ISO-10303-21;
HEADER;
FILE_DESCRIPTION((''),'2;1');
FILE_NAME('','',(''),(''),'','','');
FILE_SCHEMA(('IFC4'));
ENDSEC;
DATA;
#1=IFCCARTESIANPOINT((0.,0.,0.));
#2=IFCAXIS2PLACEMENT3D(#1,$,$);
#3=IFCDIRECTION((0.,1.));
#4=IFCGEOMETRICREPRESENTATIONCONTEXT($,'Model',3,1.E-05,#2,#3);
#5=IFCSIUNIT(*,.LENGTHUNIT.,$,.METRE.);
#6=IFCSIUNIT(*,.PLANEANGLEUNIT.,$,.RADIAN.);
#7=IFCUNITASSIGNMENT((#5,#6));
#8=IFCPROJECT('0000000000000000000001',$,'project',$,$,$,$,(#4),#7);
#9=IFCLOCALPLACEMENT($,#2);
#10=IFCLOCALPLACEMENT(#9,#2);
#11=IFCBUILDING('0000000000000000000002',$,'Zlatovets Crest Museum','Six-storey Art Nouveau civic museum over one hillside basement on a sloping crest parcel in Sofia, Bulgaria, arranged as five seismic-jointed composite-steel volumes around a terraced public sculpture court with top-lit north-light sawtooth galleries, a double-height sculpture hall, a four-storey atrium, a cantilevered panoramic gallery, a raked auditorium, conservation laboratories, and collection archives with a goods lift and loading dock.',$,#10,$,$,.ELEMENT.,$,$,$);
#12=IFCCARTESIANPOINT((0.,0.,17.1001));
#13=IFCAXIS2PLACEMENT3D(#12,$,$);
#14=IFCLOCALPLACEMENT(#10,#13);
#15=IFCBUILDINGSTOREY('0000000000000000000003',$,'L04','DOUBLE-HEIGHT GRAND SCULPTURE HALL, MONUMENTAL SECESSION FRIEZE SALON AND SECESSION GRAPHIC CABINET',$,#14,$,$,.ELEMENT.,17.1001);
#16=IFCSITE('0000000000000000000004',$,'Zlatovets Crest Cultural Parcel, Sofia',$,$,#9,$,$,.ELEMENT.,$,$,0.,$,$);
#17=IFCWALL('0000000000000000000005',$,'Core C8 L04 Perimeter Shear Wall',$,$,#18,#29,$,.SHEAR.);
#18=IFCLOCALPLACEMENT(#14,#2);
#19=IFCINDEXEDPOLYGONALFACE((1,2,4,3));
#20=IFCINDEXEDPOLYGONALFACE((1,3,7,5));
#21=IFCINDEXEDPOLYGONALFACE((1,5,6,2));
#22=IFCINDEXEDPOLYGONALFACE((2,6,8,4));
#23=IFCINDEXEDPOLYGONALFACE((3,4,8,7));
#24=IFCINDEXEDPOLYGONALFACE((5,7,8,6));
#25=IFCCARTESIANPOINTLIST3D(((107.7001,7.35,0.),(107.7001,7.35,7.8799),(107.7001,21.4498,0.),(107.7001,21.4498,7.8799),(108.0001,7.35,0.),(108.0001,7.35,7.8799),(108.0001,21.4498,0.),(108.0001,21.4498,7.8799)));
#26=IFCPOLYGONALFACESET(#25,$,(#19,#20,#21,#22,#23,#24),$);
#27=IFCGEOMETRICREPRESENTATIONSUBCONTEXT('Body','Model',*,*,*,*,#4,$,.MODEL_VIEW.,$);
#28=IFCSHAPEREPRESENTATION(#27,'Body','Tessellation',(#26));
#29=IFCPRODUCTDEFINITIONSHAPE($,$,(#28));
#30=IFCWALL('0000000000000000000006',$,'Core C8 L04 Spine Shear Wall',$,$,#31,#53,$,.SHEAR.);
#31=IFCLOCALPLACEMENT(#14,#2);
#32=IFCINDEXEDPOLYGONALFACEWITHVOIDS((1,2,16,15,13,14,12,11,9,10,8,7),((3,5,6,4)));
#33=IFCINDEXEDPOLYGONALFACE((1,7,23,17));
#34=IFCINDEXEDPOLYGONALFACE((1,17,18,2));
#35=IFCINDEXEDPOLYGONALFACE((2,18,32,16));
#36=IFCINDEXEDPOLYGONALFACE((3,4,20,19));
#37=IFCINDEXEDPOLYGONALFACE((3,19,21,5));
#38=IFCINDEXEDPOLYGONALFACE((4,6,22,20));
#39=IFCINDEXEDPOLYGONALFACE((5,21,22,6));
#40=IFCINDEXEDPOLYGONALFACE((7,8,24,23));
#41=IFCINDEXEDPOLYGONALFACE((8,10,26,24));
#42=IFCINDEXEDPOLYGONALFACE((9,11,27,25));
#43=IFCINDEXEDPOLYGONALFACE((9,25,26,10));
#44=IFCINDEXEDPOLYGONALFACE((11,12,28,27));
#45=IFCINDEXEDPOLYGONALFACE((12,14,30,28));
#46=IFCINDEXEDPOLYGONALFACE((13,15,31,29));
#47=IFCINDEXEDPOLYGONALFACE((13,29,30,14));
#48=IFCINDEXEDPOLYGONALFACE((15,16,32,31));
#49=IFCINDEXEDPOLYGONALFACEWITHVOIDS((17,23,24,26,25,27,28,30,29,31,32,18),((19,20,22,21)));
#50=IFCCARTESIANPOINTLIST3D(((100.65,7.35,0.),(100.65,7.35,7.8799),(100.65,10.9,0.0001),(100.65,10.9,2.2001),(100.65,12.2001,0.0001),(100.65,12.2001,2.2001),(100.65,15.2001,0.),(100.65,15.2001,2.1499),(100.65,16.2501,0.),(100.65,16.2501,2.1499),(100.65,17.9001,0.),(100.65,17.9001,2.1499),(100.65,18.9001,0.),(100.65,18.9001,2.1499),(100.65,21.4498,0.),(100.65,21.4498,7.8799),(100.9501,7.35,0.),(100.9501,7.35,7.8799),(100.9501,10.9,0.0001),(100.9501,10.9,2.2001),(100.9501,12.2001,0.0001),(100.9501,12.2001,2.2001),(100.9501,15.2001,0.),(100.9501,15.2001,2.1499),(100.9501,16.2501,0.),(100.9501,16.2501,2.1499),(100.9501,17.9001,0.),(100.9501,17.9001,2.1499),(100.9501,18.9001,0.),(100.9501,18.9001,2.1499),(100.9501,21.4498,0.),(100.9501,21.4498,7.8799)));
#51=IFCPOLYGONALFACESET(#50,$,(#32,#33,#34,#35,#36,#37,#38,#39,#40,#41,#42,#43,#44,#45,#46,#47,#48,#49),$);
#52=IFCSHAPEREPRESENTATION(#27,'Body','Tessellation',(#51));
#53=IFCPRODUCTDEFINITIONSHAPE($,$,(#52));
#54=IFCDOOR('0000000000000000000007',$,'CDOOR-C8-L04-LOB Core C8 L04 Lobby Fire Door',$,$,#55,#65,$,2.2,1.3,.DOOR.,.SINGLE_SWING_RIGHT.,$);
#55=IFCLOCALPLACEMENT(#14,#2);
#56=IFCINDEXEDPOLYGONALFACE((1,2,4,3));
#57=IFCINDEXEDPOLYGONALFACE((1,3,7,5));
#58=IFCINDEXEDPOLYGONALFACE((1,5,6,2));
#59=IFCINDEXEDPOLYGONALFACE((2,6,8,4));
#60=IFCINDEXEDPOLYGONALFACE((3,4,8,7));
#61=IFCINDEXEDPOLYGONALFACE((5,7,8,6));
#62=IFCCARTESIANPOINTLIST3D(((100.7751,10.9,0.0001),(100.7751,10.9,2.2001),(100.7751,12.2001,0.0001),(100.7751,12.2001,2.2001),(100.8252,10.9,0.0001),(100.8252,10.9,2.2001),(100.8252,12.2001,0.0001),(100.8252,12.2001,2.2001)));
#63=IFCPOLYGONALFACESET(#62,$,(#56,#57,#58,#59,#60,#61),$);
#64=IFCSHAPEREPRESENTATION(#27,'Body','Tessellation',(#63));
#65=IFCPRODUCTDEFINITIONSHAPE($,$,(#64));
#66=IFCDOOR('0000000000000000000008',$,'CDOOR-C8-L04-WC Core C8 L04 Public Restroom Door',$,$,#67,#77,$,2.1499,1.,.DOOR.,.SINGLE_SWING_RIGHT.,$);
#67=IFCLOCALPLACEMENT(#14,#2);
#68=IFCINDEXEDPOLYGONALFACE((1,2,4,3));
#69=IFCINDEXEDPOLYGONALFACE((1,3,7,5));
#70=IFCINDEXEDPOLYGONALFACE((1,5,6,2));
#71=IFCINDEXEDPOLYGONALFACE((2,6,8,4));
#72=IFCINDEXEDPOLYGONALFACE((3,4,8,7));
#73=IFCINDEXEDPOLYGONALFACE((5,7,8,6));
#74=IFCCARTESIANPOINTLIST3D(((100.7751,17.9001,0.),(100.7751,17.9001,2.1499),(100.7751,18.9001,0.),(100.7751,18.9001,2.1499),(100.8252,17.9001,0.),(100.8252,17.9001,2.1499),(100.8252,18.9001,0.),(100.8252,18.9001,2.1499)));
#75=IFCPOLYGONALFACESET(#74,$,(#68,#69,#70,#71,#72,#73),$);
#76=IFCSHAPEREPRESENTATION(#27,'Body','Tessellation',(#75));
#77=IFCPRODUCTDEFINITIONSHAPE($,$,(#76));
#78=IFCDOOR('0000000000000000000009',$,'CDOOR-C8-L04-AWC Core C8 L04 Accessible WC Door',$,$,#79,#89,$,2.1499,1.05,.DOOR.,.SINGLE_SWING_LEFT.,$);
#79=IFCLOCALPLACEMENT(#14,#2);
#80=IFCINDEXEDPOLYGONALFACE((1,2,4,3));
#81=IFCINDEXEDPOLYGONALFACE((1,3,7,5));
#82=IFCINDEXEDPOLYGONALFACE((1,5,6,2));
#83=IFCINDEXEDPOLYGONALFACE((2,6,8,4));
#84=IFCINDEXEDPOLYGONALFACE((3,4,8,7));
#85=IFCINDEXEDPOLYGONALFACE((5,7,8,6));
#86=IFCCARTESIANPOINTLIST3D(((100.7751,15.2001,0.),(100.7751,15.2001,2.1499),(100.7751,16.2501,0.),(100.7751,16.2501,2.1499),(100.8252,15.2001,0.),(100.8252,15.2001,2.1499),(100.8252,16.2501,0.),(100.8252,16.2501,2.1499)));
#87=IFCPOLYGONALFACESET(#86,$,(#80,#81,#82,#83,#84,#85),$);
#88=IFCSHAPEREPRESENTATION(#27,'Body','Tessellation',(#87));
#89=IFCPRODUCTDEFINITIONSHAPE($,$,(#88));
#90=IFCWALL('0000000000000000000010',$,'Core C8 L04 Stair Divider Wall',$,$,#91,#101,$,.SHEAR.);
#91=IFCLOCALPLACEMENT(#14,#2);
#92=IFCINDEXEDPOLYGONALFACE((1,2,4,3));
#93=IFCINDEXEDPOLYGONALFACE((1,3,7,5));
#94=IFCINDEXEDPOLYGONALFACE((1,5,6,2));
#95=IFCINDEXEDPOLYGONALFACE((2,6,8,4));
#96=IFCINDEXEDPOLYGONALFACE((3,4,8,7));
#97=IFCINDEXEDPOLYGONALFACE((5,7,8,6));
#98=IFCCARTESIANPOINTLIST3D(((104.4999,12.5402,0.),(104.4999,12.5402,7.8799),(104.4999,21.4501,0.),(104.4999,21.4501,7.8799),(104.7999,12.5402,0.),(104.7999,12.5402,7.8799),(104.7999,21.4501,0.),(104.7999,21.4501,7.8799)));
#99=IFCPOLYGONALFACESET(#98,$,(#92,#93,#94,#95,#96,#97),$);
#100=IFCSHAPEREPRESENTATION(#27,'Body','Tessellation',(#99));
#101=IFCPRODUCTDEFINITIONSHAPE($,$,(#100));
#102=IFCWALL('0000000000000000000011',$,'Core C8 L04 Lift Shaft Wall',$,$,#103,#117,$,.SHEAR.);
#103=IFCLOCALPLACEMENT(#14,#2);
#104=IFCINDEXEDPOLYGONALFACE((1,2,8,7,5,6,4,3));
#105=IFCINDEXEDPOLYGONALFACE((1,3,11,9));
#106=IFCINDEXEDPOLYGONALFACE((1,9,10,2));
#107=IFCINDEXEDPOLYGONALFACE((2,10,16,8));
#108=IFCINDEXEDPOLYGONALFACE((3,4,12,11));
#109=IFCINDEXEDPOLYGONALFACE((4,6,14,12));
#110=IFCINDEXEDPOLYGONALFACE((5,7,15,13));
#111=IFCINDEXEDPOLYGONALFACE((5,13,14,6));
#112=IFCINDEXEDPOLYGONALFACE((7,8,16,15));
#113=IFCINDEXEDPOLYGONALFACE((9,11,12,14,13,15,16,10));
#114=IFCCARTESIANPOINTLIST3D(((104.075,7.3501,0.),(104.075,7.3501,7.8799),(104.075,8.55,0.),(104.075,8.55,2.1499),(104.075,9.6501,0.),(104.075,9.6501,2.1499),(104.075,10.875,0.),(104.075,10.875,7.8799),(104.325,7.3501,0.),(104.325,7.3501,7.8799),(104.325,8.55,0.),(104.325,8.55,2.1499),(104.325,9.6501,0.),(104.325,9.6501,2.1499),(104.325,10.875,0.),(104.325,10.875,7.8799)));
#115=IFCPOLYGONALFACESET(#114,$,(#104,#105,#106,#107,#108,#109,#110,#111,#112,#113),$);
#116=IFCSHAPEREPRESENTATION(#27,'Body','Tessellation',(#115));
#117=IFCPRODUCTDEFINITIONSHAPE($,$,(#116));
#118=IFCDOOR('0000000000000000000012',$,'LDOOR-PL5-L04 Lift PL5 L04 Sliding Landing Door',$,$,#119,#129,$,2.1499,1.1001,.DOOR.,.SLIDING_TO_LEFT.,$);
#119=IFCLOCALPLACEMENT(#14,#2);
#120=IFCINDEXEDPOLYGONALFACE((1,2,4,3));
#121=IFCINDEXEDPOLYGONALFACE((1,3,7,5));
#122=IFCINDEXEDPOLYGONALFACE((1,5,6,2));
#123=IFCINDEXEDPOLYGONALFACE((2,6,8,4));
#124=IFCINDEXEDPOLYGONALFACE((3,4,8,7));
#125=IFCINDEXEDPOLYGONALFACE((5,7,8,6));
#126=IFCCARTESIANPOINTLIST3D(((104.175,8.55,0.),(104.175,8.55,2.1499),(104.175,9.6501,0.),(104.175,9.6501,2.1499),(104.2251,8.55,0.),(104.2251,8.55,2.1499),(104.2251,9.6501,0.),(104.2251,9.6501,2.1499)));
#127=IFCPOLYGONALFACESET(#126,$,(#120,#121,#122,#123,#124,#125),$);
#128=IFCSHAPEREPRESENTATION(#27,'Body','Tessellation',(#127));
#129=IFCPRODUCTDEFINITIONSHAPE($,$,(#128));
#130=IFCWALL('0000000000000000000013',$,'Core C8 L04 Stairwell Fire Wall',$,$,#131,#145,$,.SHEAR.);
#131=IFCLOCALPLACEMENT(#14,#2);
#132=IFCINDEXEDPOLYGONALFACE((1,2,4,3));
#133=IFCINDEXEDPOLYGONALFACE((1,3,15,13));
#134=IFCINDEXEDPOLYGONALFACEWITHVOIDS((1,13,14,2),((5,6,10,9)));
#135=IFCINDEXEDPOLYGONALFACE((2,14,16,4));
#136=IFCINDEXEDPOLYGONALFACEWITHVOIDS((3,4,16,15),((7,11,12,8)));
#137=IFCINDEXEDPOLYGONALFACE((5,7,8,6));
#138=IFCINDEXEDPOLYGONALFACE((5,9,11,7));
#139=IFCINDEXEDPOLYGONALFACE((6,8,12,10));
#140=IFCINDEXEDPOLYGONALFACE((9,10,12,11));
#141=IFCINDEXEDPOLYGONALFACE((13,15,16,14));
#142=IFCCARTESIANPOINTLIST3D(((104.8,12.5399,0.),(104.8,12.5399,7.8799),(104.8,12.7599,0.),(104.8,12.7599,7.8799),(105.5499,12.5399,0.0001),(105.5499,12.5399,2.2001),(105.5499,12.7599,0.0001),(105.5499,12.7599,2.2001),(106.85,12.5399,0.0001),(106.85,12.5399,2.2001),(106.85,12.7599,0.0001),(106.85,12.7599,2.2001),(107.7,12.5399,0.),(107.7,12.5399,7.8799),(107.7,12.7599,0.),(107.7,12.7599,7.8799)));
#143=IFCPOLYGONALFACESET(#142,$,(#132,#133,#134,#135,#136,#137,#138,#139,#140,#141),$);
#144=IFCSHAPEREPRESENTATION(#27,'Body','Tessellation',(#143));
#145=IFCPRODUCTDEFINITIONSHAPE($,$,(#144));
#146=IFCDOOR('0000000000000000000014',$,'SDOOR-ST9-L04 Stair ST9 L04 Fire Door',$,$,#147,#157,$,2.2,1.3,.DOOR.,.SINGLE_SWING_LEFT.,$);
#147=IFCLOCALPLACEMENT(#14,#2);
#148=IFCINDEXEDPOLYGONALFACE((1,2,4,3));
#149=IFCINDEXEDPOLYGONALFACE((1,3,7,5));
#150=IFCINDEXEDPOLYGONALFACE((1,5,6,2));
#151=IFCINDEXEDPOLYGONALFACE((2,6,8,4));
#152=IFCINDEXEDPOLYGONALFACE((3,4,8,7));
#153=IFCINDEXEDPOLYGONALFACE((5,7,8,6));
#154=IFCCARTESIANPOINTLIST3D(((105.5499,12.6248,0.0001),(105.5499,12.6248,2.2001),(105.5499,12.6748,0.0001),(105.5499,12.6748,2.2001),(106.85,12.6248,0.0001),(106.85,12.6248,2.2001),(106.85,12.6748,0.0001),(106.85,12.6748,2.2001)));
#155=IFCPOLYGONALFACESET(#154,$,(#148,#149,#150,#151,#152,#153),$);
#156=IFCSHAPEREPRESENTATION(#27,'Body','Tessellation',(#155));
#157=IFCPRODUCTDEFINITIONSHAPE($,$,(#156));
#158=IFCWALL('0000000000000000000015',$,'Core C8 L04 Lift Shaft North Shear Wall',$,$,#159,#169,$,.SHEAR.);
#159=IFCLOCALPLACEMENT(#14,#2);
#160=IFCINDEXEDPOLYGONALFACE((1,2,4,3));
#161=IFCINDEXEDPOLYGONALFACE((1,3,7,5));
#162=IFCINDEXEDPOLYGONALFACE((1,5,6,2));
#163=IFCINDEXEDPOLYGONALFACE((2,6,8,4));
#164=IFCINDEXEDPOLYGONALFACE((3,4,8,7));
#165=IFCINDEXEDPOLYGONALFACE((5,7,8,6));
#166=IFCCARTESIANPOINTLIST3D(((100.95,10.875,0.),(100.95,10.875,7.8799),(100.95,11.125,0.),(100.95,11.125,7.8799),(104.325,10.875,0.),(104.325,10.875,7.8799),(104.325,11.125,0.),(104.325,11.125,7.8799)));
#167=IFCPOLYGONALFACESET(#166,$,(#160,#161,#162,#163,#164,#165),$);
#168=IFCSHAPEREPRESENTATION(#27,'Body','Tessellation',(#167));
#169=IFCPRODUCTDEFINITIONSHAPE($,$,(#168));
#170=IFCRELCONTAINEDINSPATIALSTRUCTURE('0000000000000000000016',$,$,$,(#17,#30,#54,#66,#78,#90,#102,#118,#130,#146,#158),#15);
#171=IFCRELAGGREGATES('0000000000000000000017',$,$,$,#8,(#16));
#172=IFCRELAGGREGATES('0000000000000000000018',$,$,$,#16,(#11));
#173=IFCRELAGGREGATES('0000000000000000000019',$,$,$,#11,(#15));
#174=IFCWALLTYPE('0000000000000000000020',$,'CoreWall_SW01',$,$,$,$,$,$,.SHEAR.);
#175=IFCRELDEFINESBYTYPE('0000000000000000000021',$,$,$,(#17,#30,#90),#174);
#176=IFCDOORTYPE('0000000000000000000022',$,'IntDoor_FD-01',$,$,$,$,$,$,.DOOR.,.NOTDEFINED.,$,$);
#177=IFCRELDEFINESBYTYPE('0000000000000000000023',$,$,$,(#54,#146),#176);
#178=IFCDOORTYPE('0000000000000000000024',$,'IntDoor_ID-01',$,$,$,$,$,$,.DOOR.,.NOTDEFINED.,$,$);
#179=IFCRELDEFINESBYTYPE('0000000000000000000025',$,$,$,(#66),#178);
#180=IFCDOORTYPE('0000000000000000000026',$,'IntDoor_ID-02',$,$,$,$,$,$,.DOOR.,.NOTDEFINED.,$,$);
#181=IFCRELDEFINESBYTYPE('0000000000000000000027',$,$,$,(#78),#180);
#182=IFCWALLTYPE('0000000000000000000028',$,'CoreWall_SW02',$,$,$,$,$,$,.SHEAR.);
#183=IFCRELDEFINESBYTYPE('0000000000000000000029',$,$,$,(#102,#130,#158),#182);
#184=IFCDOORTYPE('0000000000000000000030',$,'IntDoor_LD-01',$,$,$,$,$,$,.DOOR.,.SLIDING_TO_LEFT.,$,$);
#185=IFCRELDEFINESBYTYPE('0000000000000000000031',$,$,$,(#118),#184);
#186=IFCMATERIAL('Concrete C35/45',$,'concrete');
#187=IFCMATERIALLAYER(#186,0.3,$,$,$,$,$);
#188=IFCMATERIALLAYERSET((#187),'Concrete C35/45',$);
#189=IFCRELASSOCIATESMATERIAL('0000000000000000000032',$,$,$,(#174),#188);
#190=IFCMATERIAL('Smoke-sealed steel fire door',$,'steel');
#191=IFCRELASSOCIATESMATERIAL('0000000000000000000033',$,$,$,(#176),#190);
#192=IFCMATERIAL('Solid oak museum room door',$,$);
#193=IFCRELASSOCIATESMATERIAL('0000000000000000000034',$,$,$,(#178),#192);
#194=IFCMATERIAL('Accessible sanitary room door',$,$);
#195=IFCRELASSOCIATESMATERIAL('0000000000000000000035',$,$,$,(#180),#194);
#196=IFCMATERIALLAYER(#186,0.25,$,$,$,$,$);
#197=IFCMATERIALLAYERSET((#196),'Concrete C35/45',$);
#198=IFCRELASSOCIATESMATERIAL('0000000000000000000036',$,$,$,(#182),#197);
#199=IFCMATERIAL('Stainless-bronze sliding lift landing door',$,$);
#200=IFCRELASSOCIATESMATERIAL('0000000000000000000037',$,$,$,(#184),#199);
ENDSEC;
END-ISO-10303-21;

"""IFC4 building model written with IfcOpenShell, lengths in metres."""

from ifc_helpers import new_model, si_unit, direction, frame, frame_2d, origin, place, context, subcontext, project, spatial, rectangle, extrude, material, layer, layer_set, type_object, element, fill, save


model = new_model("IFC4")

# Units and contexts
model_context = context("Model", 3, precision=1e-05, world=origin(), true_north=direction((0.0, 1.0)))
body_context = subcontext(model_context, "Body", "Model", "MODEL_VIEW")
ifc_project = project(units=[si_unit("LENGTHUNIT", "METRE"), si_unit("PLANEANGLEUNIT", "RADIAN")], contexts=[model_context])

# Site, building, storey
site_placement = place(None, origin())
site = spatial("IfcSite", under=ifc_project, at=site_placement, Name="Zlatovets Crest Cultural Parcel, Sofia", CompositionType="ELEMENT", RefElevation=0.0)
building_placement = place(site_placement, origin())
building = spatial("IfcBuilding", under=site, at=building_placement, Name="Zlatovets Crest Museum", Description="Six-storey Art Nouveau civic museum over one hillside basement on a sloping crest parcel in Sofia, Bulgaria, arranged as five seismic-jointed composite-steel volumes around a terraced public sculpture court with top-lit north-light sawtooth galleries, a double-height sculpture hall, a four-storey atrium, a cantilevered panoramic gallery, a raked auditorium, conservation laboratories, and collection archives with a goods lift and loading dock.", CompositionType="ELEMENT")
storey_placement = place(building_placement, frame((0.0, 0.0, 17.1001)))
storey = spatial("IfcBuildingStorey", under=building, at=storey_placement, Name="L04", Description="DOUBLE-HEIGHT GRAND SCULPTURE HALL, MONUMENTAL SECESSION FRIEZE SALON AND SECESSION GRAPHIC CABINET", CompositionType="ELEMENT", Elevation=17.1001)

# Wall
ifc_material_1 = material(Name="Concrete C35/45", Category="concrete")
ifc_layer_1 = layer(ifc_material_1, 0.3)
ifc_layer_set_1 = layer_set([ifc_layer_1], Name="Concrete C35/45")
wall_type_1 = type_object("IfcWallType", Name="CoreWall_SW01", PredefinedType="SHEAR", material=ifc_layer_set_1)
wall_1_placement = place(storey_placement, frame((107.8501, 7.3501, 0.0), z_axis=(0.0, 0.0, 1.0), x_axis=(0.0, 1.0, 0.0)))
element("IfcWall", 1, at=wall_1_placement, inside=storey, type_object=wall_type_1, Name="Core C8 L04 Perimeter Shear Wall", PredefinedType="SHEAR", context=body_context, shape_type="SweptSolid", body=[
    extrude(rectangle(XDim=14.0999, YDim=0.3, at=frame_2d((7.0498, 0.0))), origin(), (0.0, 0.0, 1.0), 7.8799),
])

# Wall, openings, doors
wall_2_placement = place(storey_placement, frame((100.8, 7.3501, 0.0), z_axis=(0.0, 0.0, 1.0), x_axis=(0.0, 1.0, 0.0)))
wall_2 = element("IfcWall", 2, at=wall_2_placement, inside=storey, type_object=wall_type_1, Name="Core C8 L04 Spine Shear Wall", PredefinedType="SHEAR", context=body_context, shape_type="SweptSolid", body=[
    extrude(rectangle(XDim=14.0999, YDim=0.3, at=frame_2d((7.0498, 0.0))), origin(), (0.0, 0.0, 1.0), 7.8799),
])
opening_1_placement = place(wall_2_placement, frame((3.55, 0.0, 0.0)))
opening_1 = element("IfcOpeningElement", 3, at=opening_1_placement, cuts=wall_2, PredefinedType="OPENING", context=body_context, shape_type="SweptSolid", body=[
    extrude(rectangle(XDim=1.3, YDim=2.2, at=frame_2d((0.6499, 1.1001))), frame((0.0, 0.1602, 0.0), z_axis=(0.0, -1.0, 0.0), x_axis=(1.0, 0.0, 0.0)), (0.0, 0.0, 1.0), 0.3201),
])
opening_2_placement = place(wall_2_placement, frame((7.8501, 0.0, 0.0)))
opening_2 = element("IfcOpeningElement", 4, at=opening_2_placement, cuts=wall_2, PredefinedType="OPENING", context=body_context, shape_type="SweptSolid", body=[
    extrude(rectangle(XDim=1.05, YDim=2.1499, at=frame_2d((0.5249, 1.075))), frame((0.0, 0.1602, 0.0), z_axis=(0.0, -1.0, 0.0), x_axis=(1.0, 0.0, 0.0)), (0.0, 0.0, 1.0), 0.3201),
])
opening_3_placement = place(wall_2_placement, frame((10.55, 0.0, 0.0)))
opening_3 = element("IfcOpeningElement", 5, at=opening_3_placement, cuts=wall_2, PredefinedType="OPENING", context=body_context, shape_type="SweptSolid", body=[
    extrude(rectangle(XDim=1.0, YDim=2.1499, at=frame_2d((0.5, 1.075))), frame((0.0, 0.1602, 0.0), z_axis=(0.0, -1.0, 0.0), x_axis=(1.0, 0.0, 0.0)), (0.0, 0.0, 1.0), 0.3201),
])
ifc_material_2 = material(Name="Smoke-sealed steel fire door", Category="steel")
door_type_1 = type_object("IfcDoorType", Name="IntDoor_FD-01", OperationType="NOTDEFINED", PredefinedType="DOOR", material=ifc_material_2)
door_1_placement = place(opening_1_placement, origin())
door_1 = element("IfcDoor", 6, at=door_1_placement, inside=storey, type_object=door_type_1, Name="CDOOR-C8-L04-LOB Core C8 L04 Lobby Fire Door", OperationType="SINGLE_SWING_RIGHT", OverallHeight=2.2, OverallWidth=1.3, PredefinedType="DOOR", context=body_context, shape_type="SweptSolid", body=[
    extrude(rectangle(XDim=1.3, YDim=2.2, at=frame_2d((0.6499, 1.1001))), frame((0.0, 0.0249, 0.0), z_axis=(0.0, -1.0, 0.0), x_axis=(1.0, 0.0, 0.0)), (0.0, 0.0, 1.0), 0.05),
])
fill(opening_1, door_1)
ifc_material_3 = material(Name="Solid oak museum room door")
door_type_2 = type_object("IfcDoorType", Name="IntDoor_ID-01", OperationType="NOTDEFINED", PredefinedType="DOOR", material=ifc_material_3)
door_2_placement = place(opening_3_placement, origin())
door_2 = element("IfcDoor", 7, at=door_2_placement, inside=storey, type_object=door_type_2, Name="CDOOR-C8-L04-WC Core C8 L04 Public Restroom Door", OperationType="SINGLE_SWING_RIGHT", OverallHeight=2.1499, OverallWidth=1.0, PredefinedType="DOOR", context=body_context, shape_type="SweptSolid", body=[
    extrude(rectangle(XDim=1.0, YDim=2.1499, at=frame_2d((0.5, 1.075))), frame((0.0, 0.0249, 0.0), z_axis=(0.0, -1.0, 0.0), x_axis=(1.0, 0.0, 0.0)), (0.0, 0.0, 1.0), 0.05),
])
fill(opening_3, door_2)
ifc_material_4 = material(Name="Accessible sanitary room door")
door_type_3 = type_object("IfcDoorType", Name="IntDoor_ID-02", OperationType="NOTDEFINED", PredefinedType="DOOR", material=ifc_material_4)
door_3_placement = place(opening_2_placement, origin())
door_3 = element("IfcDoor", 8, at=door_3_placement, inside=storey, type_object=door_type_3, Name="CDOOR-C8-L04-AWC Core C8 L04 Accessible WC Door", OperationType="SINGLE_SWING_LEFT", OverallHeight=2.1499, OverallWidth=1.05, PredefinedType="DOOR", context=body_context, shape_type="SweptSolid", body=[
    extrude(rectangle(XDim=1.05, YDim=2.1499, at=frame_2d((0.5249, 1.075))), frame((0.0, 0.0249, 0.0), z_axis=(0.0, -1.0, 0.0), x_axis=(1.0, 0.0, 0.0)), (0.0, 0.0, 1.0), 0.05),
])
fill(opening_2, door_3)

# Wall
wall_3_placement = place(storey_placement, frame((104.6499, 12.54, 0.0), z_axis=(0.0, 0.0, 1.0), x_axis=(0.0, 1.0, 0.0)))
element("IfcWall", 9, at=wall_3_placement, inside=storey, type_object=wall_type_1, Name="Core C8 L04 Stair Divider Wall", PredefinedType="SHEAR", context=body_context, shape_type="SweptSolid", body=[
    extrude(rectangle(XDim=8.9099, YDim=0.3, at=frame_2d((4.4551, 0.0))), origin(), (0.0, 0.0, 1.0), 7.8799),
])

# Walls, openings, doors
ifc_layer_2 = layer(ifc_material_1, 0.25)
ifc_layer_set_2 = layer_set([ifc_layer_2], Name="Concrete C35/45")
wall_type_2 = type_object("IfcWallType", Name="CoreWall_SW02", PredefinedType="SHEAR", material=ifc_layer_set_2)
wall_4_placement = place(storey_placement, frame((104.2, 7.3501, 0.0), z_axis=(0.0, 0.0, 1.0), x_axis=(0.0, 1.0, 0.0)))
wall_4 = element("IfcWall", 10, at=wall_4_placement, inside=storey, type_object=wall_type_2, Name="Core C8 L04 Lift Shaft Wall", PredefinedType="SHEAR", context=body_context, shape_type="SweptSolid", body=[
    extrude(rectangle(XDim=3.5249, YDim=0.25, at=frame_2d((1.7625, 0.0))), origin(), (0.0, 0.0, 1.0), 7.8799),
])
opening_4_placement = place(wall_4_placement, frame((1.2, 0.0, 0.0)))
opening_4 = element("IfcOpeningElement", 11, at=opening_4_placement, cuts=wall_4, PredefinedType="OPENING", context=body_context, shape_type="SweptSolid", body=[
    extrude(rectangle(XDim=1.1001, YDim=2.1499, at=frame_2d((0.55, 1.075))), frame((0.0, 0.135, 0.0), z_axis=(0.0, -1.0, 0.0), x_axis=(1.0, 0.0, 0.0)), (0.0, 0.0, 1.0), 0.27),
])
ifc_material_5 = material(Name="Stainless-bronze sliding lift landing door")
door_type_4 = type_object("IfcDoorType", Name="IntDoor_LD-01", OperationType="SLIDING_TO_LEFT", PredefinedType="DOOR", material=ifc_material_5)
door_4_placement = place(opening_4_placement, origin())
door_4 = element("IfcDoor", 12, at=door_4_placement, inside=storey, type_object=door_type_4, Name="LDOOR-PL5-L04 Lift PL5 L04 Sliding Landing Door", OperationType="SLIDING_TO_LEFT", OverallHeight=2.1499, OverallWidth=1.1001, PredefinedType="DOOR", context=body_context, shape_type="SweptSolid", body=[
    extrude(rectangle(XDim=1.1001, YDim=2.1499, at=frame_2d((0.55, 1.075))), frame((0.0, 0.0249, 0.0), z_axis=(0.0, -1.0, 0.0), x_axis=(1.0, 0.0, 0.0)), (0.0, 0.0, 1.0), 0.05),
])
fill(opening_4, door_4)
wall_5_placement = place(storey_placement, frame((104.8, 12.6499, 0.0), z_axis=(0.0, 0.0, 1.0), x_axis=(1.0, 0.0, 0.0)))
wall_5 = element("IfcWall", 13, at=wall_5_placement, inside=storey, type_object=wall_type_2, Name="Core C8 L04 Stairwell Fire Wall", PredefinedType="SHEAR", context=body_context, shape_type="SweptSolid", body=[
    extrude(rectangle(XDim=2.8999, YDim=0.22, at=frame_2d((1.45, 0.0))), origin(), (0.0, 0.0, 1.0), 7.8799),
])
opening_5_placement = place(wall_5_placement, frame((0.75, 0.0, 0.0)))
opening_5 = element("IfcOpeningElement", 14, at=opening_5_placement, cuts=wall_5, PredefinedType="OPENING", context=body_context, shape_type="SweptSolid", body=[
    extrude(rectangle(XDim=1.3, YDim=2.2, at=frame_2d((0.6499, 1.1001))), frame((0.0, 0.1201, 0.0), z_axis=(0.0, -1.0, 0.0), x_axis=(1.0, 0.0, 0.0)), (0.0, 0.0, 1.0), 0.24),
])
door_5_placement = place(opening_5_placement, origin())
door_5 = element("IfcDoor", 15, at=door_5_placement, inside=storey, type_object=door_type_1, Name="SDOOR-ST9-L04 Stair ST9 L04 Fire Door", OperationType="SINGLE_SWING_LEFT", OverallHeight=2.2, OverallWidth=1.3, PredefinedType="DOOR", context=body_context, shape_type="SweptSolid", body=[
    extrude(rectangle(XDim=1.3, YDim=2.2, at=frame_2d((0.6499, 1.1001))), frame((0.0, 0.0249, 0.0), z_axis=(0.0, -1.0, 0.0), x_axis=(1.0, 0.0, 0.0)), (0.0, 0.0, 1.0), 0.05),
])
fill(opening_5, door_5)

# Wall
wall_6_placement = place(storey_placement, frame((100.95, 11.0, 0.0), z_axis=(0.0, 0.0, 1.0), x_axis=(1.0, 0.0, 0.0)))
element("IfcWall", 16, at=wall_6_placement, inside=storey, type_object=wall_type_2, Name="Core C8 L04 Lift Shaft North Shear Wall", PredefinedType="SHEAR", context=body_context, shape_type="SweptSolid", body=[
    extrude(rectangle(XDim=3.375, YDim=0.25, at=frame_2d((1.6875, 0.0))), origin(), (0.0, 0.0, 1.0), 7.8799),
])

save(model, "model.ifc")
